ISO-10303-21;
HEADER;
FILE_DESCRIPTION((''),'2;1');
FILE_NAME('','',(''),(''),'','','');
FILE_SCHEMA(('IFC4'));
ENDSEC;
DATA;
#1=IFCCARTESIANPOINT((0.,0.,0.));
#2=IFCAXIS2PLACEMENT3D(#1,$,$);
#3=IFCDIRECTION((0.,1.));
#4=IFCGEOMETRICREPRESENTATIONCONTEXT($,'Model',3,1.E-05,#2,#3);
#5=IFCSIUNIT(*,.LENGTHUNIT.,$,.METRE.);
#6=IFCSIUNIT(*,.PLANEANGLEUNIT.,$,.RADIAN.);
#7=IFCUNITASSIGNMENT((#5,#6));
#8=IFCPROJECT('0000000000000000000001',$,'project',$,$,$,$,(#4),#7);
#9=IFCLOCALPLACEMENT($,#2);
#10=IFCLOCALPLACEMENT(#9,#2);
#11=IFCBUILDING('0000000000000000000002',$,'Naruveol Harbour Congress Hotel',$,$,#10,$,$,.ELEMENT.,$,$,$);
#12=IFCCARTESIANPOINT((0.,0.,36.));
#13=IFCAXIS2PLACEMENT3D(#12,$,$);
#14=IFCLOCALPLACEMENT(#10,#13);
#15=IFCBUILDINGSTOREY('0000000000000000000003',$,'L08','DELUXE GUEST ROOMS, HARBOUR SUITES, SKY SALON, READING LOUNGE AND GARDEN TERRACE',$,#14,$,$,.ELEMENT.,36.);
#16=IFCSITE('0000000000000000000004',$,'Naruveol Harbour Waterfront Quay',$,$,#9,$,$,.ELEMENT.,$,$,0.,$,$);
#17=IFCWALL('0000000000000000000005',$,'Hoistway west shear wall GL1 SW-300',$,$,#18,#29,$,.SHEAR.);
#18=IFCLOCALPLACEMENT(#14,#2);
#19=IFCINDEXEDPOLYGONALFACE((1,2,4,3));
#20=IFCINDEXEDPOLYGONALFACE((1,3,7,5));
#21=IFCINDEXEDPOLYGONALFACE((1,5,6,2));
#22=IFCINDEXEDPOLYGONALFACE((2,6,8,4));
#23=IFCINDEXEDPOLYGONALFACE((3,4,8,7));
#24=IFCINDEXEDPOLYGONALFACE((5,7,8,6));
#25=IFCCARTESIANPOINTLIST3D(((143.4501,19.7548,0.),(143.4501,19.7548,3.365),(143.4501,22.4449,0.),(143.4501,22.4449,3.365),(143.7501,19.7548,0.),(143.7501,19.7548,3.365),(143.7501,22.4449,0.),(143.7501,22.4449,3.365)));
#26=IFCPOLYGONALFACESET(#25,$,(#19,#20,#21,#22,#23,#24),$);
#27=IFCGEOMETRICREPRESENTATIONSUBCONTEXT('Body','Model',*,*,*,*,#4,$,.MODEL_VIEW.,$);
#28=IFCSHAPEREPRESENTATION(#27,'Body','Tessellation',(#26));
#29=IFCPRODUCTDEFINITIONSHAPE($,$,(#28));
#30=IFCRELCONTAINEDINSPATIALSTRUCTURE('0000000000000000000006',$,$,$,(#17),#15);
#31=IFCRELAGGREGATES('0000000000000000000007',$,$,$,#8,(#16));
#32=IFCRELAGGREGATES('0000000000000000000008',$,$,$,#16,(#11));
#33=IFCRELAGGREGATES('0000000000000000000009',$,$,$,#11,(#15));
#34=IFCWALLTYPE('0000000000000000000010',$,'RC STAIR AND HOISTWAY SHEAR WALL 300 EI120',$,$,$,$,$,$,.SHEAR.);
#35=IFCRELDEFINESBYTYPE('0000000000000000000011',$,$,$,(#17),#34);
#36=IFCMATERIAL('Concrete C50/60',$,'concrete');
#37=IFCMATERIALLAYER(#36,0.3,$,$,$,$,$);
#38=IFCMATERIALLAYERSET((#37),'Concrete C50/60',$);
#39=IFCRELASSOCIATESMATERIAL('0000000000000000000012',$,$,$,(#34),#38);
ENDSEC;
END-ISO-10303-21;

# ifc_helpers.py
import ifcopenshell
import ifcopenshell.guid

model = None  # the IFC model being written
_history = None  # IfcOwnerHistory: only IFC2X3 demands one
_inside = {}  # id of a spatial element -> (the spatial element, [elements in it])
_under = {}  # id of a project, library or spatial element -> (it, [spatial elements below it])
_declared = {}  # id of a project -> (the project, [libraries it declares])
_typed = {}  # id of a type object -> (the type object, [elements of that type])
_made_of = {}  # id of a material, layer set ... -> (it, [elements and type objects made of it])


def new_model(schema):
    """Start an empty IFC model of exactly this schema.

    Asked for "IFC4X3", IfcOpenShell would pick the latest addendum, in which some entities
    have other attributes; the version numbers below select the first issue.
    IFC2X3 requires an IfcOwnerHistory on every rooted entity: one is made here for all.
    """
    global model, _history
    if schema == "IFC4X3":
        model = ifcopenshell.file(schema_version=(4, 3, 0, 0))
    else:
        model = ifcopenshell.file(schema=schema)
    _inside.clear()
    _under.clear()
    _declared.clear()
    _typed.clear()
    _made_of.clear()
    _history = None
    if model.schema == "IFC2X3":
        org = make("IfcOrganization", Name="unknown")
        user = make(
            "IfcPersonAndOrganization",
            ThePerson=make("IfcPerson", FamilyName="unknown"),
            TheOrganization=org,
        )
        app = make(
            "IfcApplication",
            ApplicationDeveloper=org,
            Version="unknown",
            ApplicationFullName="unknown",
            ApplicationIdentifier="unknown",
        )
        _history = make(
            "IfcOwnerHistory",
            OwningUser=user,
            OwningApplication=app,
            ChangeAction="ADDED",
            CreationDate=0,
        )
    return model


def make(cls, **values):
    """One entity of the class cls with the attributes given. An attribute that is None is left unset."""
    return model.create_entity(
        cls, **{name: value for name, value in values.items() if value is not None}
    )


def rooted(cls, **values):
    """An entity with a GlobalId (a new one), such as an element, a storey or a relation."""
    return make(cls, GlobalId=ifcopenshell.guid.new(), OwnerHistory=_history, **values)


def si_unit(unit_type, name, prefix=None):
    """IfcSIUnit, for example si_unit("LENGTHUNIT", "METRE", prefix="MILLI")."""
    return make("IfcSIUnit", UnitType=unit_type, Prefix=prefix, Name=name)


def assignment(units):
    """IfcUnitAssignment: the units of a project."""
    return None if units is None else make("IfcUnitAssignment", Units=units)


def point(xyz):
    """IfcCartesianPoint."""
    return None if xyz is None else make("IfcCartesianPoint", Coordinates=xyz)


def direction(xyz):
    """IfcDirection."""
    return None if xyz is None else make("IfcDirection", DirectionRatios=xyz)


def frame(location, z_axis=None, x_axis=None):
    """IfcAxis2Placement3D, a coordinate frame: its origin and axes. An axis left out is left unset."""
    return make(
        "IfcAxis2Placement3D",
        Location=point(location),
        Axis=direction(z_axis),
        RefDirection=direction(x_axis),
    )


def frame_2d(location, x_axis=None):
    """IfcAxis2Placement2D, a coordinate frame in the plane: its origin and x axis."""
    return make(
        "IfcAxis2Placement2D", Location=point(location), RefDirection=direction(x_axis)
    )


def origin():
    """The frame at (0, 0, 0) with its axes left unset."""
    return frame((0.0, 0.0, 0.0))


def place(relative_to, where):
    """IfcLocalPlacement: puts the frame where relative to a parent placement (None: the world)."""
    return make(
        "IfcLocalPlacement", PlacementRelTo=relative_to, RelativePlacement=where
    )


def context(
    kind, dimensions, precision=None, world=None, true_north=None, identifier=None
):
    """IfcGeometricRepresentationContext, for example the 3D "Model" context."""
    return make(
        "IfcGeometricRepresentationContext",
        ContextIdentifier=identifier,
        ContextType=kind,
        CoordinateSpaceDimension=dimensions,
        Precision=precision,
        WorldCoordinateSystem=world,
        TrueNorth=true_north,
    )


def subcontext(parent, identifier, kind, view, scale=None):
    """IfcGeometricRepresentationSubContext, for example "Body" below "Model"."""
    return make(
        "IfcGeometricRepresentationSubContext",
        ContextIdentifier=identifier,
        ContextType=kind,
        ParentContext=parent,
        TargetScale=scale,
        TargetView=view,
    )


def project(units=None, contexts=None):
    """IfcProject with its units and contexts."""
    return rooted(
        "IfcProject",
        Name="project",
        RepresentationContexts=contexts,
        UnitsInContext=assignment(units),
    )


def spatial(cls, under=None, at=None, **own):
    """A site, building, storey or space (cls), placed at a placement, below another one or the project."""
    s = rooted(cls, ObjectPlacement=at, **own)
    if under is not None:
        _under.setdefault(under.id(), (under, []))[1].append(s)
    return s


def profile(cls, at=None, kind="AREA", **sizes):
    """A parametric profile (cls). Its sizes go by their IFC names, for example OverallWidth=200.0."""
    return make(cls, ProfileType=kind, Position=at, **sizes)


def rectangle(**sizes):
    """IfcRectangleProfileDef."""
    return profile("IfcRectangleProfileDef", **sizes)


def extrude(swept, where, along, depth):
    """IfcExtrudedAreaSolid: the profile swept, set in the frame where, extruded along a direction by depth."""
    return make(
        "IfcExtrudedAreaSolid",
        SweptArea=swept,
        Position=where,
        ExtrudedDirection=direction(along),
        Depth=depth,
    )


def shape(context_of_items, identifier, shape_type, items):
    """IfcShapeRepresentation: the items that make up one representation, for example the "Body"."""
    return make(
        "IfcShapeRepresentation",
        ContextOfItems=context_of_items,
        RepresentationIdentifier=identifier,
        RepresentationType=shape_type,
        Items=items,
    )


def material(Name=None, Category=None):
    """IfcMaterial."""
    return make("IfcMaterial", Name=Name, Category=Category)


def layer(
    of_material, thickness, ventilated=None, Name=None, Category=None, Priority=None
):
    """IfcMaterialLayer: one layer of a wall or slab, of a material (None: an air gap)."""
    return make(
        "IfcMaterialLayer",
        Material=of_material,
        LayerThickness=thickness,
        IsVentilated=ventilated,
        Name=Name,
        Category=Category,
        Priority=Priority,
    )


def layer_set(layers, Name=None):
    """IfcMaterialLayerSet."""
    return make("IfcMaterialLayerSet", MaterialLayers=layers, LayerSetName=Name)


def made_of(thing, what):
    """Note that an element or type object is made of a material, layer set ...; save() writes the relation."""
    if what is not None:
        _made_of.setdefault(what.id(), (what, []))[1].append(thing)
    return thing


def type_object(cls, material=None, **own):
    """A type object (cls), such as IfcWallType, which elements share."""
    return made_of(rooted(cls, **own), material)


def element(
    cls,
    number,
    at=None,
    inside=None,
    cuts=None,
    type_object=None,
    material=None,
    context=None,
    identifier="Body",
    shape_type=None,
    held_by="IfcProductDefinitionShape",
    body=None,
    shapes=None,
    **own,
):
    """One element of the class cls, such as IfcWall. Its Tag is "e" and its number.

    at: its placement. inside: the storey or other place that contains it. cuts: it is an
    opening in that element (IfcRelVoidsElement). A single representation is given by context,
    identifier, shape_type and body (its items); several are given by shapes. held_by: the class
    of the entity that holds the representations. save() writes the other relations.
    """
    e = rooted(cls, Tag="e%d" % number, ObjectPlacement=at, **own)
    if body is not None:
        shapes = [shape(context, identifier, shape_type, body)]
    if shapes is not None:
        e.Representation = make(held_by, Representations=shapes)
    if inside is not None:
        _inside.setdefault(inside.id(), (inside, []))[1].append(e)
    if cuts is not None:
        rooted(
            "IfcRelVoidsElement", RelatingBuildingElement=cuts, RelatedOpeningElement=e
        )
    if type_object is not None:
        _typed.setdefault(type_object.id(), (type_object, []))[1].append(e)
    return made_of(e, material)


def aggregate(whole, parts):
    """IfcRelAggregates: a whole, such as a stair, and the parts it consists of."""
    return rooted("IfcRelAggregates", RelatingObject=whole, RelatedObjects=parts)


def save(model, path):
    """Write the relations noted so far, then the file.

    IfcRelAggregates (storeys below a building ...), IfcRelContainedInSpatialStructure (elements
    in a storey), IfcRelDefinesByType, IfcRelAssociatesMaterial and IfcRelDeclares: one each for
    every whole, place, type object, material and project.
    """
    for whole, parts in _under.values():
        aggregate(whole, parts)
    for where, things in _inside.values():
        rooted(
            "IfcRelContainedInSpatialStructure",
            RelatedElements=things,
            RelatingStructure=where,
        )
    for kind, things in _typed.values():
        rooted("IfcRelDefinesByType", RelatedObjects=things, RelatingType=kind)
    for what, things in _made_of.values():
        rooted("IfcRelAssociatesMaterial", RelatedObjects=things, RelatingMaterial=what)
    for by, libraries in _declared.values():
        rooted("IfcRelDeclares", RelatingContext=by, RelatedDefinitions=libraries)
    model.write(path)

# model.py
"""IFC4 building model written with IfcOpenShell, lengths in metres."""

from ifc_helpers import new_model, si_unit, direction, frame, frame_2d, origin, place, context, subcontext, project, spatial, rectangle, extrude, material, layer, layer_set, type_object, element, save


model = new_model("IFC4")

# Units and contexts
model_context = context("Model", 3, precision=1e-05, world=origin(), true_north=direction((0.0, 1.0)))
body_context = subcontext(model_context, "Body", "Model", "MODEL_VIEW")
ifc_project = project(units=[si_unit("LENGTHUNIT", "METRE"), si_unit("PLANEANGLEUNIT", "RADIAN")], contexts=[model_context])

# Site, building, storey
site_placement = place(None, origin())
site = spatial("IfcSite", under=ifc_project, at=site_placement, Name="Naruveol Harbour Waterfront Quay", CompositionType="ELEMENT", RefElevation=0.0)
building_placement = place(site_placement, origin())
building = spatial("IfcBuilding", under=site, at=building_placement, Name="Naruveol Harbour Congress Hotel", CompositionType="ELEMENT")
storey_placement = place(building_placement, frame((0.0, 0.0, 36.0)))
storey = spatial("IfcBuildingStorey", under=building, at=storey_placement, Name="L08", Description="DELUXE GUEST ROOMS, HARBOUR SUITES, SKY SALON, READING LOUNGE AND GARDEN TERRACE", CompositionType="ELEMENT", Elevation=36.0)

# Wall
ifc_material_1 = material(Name="Concrete C50/60", Category="concrete")
ifc_layer_1 = layer(ifc_material_1, 0.3)
ifc_layer_set_1 = layer_set([ifc_layer_1], Name="Concrete C50/60")
wall_type_1 = type_object("IfcWallType", Name="RC STAIR AND HOISTWAY SHEAR WALL 300 EI120", PredefinedType="SHEAR", material=ifc_layer_set_1)
wall_1_placement = place(storey_placement, frame((143.6001, 22.4451, 0.0), z_axis=(0.0, 0.0, 1.0), x_axis=(0.0, -1.0, 0.0)))
element("IfcWall", 1, at=wall_1_placement, inside=storey, type_object=wall_type_1, Name="Hoistway west shear wall GL1 SW-300", PredefinedType="SHEAR", context=body_context, shape_type="SweptSolid", body=[
    extrude(rectangle(XDim=2.6902, YDim=0.3, at=frame_2d((1.3452, 0.0))), origin(), (0.0, 0.0, 1.0), 3.365),
])

save(model, "model.ifc")
